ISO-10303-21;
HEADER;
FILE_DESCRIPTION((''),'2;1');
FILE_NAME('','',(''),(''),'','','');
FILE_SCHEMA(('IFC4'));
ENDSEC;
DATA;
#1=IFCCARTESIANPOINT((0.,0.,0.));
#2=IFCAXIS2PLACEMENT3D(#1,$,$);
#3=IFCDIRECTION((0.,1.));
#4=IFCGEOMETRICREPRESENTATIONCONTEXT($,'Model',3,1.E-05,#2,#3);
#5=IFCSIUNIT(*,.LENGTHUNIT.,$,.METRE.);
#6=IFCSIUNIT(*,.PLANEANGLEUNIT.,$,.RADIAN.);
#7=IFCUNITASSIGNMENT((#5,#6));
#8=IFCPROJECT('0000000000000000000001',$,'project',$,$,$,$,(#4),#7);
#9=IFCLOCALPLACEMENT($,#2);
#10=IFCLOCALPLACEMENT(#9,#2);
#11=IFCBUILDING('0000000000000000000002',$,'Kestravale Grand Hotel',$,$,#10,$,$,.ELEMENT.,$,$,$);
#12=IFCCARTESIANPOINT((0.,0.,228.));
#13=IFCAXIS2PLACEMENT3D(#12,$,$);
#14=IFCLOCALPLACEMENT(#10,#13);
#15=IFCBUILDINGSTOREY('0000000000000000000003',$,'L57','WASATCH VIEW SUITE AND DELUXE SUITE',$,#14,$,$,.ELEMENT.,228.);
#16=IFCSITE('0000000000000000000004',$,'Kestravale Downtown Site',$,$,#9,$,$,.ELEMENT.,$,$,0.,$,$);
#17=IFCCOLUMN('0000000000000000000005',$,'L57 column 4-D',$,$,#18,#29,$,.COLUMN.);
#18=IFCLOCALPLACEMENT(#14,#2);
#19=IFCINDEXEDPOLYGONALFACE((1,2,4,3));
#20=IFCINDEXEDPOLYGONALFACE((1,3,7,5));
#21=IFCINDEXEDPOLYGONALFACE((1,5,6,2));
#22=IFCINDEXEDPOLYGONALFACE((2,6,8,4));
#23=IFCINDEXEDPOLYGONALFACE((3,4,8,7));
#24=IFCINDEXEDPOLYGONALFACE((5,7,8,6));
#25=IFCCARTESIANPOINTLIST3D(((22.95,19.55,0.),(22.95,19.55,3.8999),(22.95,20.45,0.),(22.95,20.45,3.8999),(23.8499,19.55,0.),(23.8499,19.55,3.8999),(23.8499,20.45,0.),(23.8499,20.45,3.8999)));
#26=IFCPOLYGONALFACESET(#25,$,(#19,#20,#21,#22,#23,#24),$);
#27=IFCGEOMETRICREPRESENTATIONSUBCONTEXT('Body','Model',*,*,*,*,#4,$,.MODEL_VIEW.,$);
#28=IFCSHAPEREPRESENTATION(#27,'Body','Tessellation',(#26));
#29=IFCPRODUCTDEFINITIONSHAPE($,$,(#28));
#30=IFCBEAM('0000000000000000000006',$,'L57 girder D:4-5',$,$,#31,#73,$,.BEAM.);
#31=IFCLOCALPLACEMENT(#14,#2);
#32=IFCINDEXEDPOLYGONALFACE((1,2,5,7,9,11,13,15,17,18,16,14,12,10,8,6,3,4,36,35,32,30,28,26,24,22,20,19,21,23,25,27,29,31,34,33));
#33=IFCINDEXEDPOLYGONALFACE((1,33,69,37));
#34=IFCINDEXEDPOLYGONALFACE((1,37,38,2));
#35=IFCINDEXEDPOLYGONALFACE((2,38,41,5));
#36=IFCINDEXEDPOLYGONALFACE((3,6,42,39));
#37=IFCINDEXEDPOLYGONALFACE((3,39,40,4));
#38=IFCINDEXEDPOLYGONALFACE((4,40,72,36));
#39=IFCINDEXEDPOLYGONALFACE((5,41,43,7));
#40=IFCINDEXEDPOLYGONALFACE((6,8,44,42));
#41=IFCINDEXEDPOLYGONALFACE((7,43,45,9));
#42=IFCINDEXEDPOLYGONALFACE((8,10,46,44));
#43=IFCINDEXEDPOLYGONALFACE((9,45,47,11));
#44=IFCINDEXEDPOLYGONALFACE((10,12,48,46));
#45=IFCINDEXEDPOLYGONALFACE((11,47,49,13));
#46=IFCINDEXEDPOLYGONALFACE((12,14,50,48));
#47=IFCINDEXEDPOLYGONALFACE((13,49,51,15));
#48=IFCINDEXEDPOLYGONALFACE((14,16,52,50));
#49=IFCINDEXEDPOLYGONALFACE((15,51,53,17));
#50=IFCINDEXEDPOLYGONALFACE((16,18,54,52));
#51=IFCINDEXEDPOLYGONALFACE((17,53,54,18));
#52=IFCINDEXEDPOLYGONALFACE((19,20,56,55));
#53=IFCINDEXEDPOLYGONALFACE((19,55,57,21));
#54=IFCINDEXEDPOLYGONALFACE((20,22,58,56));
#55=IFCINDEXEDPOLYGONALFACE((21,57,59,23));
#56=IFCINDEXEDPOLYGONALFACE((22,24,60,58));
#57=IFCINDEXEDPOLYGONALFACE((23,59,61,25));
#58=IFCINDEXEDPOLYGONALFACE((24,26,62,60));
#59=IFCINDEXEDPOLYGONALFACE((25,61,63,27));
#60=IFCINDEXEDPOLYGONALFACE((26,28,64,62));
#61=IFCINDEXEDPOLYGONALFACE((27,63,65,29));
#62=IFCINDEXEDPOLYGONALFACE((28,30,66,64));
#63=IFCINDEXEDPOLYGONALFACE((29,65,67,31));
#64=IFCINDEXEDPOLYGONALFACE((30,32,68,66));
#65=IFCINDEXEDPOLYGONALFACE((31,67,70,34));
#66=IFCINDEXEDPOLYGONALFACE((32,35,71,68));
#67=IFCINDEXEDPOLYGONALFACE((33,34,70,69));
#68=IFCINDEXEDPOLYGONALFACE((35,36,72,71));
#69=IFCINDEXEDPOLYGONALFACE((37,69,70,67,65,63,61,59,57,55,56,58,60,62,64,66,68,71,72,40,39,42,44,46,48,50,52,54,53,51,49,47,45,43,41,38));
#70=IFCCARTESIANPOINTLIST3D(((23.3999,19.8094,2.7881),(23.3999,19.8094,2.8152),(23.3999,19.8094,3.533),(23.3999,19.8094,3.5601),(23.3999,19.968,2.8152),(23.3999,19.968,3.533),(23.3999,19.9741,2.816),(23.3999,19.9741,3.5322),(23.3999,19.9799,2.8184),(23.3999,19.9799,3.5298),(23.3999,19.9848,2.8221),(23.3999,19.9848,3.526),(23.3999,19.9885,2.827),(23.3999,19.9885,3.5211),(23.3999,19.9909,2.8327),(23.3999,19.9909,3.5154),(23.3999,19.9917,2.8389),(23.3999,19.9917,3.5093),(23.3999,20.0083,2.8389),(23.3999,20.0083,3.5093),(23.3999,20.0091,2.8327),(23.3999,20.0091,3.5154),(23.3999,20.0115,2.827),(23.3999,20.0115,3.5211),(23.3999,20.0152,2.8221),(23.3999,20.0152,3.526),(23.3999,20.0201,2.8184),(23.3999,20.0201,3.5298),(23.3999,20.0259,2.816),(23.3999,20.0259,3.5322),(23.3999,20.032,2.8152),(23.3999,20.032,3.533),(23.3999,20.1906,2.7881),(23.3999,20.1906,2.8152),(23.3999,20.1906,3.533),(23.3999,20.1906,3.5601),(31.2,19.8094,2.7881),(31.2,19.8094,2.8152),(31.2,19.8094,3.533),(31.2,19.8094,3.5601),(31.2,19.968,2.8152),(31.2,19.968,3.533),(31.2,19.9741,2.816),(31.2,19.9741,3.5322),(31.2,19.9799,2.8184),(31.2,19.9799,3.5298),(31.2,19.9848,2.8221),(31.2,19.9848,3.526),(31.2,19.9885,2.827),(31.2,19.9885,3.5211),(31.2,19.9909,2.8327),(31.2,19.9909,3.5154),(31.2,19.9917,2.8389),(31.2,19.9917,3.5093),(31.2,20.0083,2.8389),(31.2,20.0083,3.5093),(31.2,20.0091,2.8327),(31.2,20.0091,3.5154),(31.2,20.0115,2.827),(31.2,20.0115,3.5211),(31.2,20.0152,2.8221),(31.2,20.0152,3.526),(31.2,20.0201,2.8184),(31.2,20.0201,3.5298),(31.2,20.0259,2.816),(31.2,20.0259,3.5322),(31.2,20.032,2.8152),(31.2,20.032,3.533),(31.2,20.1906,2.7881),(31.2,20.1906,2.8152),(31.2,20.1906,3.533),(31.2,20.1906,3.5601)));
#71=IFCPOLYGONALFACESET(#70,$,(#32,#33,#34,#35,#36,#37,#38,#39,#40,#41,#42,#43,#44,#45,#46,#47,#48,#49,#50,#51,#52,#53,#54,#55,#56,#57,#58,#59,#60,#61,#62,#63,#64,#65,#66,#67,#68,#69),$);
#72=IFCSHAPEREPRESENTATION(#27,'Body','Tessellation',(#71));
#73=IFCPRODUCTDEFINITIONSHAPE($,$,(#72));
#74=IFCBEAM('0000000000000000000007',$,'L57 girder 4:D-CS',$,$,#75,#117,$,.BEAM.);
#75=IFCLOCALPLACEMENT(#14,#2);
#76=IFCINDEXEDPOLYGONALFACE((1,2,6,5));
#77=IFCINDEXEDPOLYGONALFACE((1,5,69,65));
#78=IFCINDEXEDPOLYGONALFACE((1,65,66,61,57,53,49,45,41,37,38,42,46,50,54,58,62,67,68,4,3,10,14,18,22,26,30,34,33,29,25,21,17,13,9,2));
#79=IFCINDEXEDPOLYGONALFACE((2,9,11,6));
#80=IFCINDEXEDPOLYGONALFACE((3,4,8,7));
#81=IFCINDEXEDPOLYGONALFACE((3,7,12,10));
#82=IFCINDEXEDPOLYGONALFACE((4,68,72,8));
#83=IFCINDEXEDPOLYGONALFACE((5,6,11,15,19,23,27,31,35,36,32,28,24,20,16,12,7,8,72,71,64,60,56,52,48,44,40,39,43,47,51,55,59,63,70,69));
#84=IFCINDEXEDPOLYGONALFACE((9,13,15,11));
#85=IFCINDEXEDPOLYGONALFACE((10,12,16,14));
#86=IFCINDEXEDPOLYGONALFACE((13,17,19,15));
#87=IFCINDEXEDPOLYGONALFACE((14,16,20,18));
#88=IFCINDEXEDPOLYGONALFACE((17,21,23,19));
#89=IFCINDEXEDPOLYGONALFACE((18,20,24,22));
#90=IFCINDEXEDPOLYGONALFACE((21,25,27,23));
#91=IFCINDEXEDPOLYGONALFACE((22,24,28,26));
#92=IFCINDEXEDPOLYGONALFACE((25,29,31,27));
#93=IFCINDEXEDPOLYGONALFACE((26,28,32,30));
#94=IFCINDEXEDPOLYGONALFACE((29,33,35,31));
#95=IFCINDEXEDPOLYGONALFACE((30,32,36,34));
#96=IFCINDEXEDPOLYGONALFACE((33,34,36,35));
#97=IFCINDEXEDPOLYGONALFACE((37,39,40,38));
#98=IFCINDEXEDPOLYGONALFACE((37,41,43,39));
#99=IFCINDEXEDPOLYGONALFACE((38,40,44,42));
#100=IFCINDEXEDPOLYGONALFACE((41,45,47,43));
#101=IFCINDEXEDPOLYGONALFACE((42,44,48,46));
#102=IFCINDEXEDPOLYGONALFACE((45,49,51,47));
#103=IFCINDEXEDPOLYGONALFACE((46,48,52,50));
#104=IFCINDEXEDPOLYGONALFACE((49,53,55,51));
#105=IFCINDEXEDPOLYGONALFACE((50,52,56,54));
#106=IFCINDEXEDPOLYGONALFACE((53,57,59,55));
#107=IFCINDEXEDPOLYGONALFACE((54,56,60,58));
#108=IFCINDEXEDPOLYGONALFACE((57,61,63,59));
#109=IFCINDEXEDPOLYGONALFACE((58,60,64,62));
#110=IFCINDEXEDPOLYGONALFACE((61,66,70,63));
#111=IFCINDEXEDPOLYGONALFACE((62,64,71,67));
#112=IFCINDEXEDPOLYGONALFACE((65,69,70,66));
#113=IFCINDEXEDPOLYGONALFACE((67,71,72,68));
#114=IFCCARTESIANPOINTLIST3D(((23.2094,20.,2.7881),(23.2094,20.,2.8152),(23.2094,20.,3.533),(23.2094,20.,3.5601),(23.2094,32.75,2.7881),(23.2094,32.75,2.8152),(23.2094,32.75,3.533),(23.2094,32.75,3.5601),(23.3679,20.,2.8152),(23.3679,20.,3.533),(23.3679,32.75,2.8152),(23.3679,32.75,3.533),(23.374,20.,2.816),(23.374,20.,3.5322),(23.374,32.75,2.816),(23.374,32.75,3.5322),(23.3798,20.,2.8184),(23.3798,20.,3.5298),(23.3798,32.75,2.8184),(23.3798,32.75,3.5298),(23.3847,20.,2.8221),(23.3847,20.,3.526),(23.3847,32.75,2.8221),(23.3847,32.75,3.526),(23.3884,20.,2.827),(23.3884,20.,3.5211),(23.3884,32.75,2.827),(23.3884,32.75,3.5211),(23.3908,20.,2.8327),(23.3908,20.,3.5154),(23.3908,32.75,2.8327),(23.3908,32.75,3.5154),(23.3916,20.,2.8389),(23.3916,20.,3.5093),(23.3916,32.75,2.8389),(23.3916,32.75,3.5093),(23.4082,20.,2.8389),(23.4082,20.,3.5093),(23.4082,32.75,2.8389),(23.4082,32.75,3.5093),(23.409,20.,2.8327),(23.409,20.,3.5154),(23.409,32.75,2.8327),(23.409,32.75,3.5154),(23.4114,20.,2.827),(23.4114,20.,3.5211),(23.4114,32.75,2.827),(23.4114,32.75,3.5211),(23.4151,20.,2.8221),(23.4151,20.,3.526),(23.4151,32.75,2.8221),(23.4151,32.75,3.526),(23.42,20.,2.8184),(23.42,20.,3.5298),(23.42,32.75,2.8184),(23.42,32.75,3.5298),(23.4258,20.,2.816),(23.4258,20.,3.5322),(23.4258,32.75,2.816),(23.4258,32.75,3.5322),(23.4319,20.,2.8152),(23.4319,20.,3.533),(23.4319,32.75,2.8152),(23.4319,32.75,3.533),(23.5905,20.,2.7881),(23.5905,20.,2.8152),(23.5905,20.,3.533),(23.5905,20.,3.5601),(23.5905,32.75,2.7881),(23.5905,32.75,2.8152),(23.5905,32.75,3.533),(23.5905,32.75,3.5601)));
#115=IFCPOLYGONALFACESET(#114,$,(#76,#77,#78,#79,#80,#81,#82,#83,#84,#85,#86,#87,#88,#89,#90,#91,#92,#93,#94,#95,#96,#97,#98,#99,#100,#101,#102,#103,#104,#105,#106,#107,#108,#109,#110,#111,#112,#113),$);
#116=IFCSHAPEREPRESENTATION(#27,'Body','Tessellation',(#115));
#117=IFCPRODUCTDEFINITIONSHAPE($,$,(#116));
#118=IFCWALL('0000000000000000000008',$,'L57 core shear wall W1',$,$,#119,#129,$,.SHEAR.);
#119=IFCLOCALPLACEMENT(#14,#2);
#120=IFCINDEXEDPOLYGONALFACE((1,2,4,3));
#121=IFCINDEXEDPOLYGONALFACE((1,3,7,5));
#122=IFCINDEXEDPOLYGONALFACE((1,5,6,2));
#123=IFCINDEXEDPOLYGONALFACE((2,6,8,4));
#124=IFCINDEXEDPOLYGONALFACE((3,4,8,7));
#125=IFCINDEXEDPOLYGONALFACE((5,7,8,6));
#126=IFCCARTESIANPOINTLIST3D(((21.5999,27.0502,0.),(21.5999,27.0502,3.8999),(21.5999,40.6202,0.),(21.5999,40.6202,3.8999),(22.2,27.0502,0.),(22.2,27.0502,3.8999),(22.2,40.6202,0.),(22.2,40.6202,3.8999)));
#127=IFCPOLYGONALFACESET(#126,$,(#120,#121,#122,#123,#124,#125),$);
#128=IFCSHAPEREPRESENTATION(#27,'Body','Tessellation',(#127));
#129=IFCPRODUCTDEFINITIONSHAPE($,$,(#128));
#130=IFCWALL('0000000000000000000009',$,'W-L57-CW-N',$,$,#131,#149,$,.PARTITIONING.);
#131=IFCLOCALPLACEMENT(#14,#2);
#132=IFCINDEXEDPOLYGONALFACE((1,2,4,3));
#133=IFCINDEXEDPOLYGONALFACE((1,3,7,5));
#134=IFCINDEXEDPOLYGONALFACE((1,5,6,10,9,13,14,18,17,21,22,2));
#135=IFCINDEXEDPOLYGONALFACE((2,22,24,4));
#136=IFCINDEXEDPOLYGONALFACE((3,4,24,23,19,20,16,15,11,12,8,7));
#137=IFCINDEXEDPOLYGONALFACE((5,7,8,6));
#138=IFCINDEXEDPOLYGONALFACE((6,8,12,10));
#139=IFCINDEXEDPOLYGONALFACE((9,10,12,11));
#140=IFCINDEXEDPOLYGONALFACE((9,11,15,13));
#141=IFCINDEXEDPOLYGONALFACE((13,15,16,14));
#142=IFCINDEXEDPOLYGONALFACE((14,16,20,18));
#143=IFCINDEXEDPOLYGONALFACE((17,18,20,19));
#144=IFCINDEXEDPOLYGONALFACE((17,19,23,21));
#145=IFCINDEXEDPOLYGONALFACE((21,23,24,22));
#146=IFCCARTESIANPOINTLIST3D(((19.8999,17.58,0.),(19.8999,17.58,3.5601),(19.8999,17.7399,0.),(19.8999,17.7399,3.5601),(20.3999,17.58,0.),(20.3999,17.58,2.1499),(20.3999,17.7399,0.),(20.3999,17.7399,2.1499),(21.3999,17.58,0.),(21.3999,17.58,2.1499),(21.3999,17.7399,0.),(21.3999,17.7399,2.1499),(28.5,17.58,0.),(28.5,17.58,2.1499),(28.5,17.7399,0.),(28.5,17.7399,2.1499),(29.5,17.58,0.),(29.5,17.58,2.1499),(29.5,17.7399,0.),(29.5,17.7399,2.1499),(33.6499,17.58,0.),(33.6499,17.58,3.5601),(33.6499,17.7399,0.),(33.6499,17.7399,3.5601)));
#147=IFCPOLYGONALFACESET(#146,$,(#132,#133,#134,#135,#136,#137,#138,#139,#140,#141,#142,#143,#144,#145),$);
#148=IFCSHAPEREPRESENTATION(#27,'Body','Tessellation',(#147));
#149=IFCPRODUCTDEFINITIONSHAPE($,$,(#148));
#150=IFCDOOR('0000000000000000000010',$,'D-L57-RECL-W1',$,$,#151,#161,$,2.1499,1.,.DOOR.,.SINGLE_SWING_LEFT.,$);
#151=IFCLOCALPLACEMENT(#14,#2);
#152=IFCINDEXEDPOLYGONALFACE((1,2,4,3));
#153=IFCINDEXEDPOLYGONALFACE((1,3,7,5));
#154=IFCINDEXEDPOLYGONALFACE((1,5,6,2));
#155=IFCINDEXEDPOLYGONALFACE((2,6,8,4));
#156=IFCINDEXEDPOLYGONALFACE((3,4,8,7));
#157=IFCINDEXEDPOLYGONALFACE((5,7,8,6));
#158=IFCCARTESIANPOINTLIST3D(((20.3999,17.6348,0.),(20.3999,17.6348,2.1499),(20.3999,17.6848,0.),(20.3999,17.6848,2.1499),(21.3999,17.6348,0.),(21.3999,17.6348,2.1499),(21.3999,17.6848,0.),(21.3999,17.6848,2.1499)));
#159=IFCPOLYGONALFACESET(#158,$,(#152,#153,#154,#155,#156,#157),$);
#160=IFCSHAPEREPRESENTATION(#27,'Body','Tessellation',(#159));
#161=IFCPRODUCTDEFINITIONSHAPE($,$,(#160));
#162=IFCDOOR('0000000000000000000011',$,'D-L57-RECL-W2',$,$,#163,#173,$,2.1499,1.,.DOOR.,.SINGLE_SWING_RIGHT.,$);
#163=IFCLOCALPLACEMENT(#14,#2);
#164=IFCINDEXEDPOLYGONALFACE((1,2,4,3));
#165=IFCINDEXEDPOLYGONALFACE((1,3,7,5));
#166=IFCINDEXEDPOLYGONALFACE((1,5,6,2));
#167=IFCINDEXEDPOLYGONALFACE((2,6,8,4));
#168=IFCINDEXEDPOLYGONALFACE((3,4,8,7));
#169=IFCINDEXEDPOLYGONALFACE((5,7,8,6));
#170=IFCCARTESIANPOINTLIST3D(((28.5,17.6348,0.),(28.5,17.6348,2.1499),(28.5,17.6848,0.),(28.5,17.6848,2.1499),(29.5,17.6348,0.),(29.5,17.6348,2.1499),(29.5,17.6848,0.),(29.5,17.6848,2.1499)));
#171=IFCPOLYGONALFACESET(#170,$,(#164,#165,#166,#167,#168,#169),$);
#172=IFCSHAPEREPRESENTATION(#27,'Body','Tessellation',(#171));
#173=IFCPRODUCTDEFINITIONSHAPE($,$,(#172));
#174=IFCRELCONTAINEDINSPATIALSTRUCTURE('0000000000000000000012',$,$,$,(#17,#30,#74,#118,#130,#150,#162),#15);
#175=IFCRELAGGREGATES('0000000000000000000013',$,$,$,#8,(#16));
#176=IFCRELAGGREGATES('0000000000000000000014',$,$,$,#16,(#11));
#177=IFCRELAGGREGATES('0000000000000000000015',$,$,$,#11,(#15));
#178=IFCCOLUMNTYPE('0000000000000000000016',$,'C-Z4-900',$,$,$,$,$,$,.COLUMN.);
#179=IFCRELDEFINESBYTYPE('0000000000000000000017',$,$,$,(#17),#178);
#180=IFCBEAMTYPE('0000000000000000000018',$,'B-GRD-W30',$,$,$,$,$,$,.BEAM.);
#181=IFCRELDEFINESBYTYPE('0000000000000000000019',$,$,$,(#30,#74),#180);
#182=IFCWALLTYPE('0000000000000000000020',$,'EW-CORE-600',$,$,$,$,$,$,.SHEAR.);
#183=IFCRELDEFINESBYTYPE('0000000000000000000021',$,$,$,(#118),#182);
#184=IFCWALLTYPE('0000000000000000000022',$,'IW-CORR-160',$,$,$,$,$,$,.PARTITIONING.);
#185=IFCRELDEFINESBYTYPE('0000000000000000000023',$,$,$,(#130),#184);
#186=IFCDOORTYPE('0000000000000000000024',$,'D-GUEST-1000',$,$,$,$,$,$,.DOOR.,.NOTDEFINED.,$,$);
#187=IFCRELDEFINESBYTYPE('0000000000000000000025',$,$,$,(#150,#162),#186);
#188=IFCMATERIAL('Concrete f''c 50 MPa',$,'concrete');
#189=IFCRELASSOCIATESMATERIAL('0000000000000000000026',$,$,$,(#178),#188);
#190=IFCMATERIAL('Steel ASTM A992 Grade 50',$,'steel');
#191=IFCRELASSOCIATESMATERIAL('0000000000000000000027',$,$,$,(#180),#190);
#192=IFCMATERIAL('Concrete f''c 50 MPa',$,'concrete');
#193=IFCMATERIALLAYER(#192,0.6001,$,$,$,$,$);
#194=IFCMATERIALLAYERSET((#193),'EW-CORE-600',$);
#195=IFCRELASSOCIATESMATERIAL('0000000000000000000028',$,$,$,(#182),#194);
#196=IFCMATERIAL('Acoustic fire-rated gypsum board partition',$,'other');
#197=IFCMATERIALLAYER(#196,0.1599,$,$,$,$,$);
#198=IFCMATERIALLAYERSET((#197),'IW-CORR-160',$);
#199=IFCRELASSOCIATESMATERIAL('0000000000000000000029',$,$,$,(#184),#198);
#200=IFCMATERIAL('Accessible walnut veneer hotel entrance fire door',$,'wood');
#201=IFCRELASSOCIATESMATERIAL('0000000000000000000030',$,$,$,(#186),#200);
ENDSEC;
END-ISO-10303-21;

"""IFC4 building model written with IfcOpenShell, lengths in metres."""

from ifc_helpers import new_model, si_unit, direction, frame, frame_2d, origin, origin_2d, place, context, subcontext, project, spatial, rectangle, i_section, extrude, material, layer, layer_set, material_profile, profile_set, type_object, element, fill, save


model = new_model("IFC4")

# Units and contexts
model_context = context("Model", 3, precision=1e-05, world=origin(), true_north=direction((0.0, 1.0)))
body_context = subcontext(model_context, "Body", "Model", "MODEL_VIEW")
ifc_project = project(units=[si_unit("LENGTHUNIT", "METRE"), si_unit("PLANEANGLEUNIT", "RADIAN")], contexts=[model_context])

# Site, building, storey
site_placement = place(None, origin())
site = spatial("IfcSite", under=ifc_project, at=site_placement, Name="Kestravale Downtown Site", CompositionType="ELEMENT", RefElevation=0.0)
building_placement = place(site_placement, origin())
building = spatial("IfcBuilding", under=site, at=building_placement, Name="Kestravale Grand Hotel", CompositionType="ELEMENT")
storey_placement = place(building_placement, frame((0.0, 0.0, 228.0)))
storey = spatial("IfcBuildingStorey", under=building, at=storey_placement, Name="L57", Description="WASATCH VIEW SUITE AND DELUXE SUITE", CompositionType="ELEMENT", Elevation=228.0)

# Column
ifc_material_1 = material(Name="Concrete f'c 50 MPa", Category="concrete")
ifc_material_profile_1 = material_profile(ifc_material_1, rectangle(XDim=0.8999, YDim=0.8999, at=origin_2d()))
ifc_profile_set_1 = profile_set([ifc_material_profile_1], Name="Concrete f'c 50 MPa")
column_type = type_object("IfcColumnType", Name="C-Z4-900", PredefinedType="COLUMN", material=ifc_profile_set_1)
column_placement = place(storey_placement, frame((23.3999, 20.0, 0.0), z_axis=(0.0, 0.0, 1.0), x_axis=(1.0, 0.0, 0.0)))
element("IfcColumn", 1, at=column_placement, inside=storey, type_object=column_type, Name="L57 column 4-D", PredefinedType="COLUMN", context=body_context, shape_type="SweptSolid", body=[
    extrude(rectangle(XDim=0.8999, YDim=0.8999, at=origin_2d()), origin(), (0.0, 0.0, 1.0), 3.8999),
])

# Beams
ifc_material_2 = material(Name="Steel ASTM A992 Grade 50", Category="steel")
ifc_material_profile_2 = material_profile(ifc_material_2, i_section(OverallWidth=0.3811, OverallDepth=0.772, WebThickness=0.0166, FlangeThickness=0.0271, FilletRadius=0.0237, at=origin_2d()))
ifc_profile_set_2 = profile_set([ifc_material_profile_2], Name="Steel ASTM A992 Grade 50")
beam_type = type_object("IfcBeamType", Name="B-GRD-W30", PredefinedType="BEAM", material=ifc_profile_set_2)
beam_1_placement = place(storey_placement, frame((23.3999, 20.0, 3.1741), z_axis=(1.0, 0.0, 0.0), x_axis=(0.0, 1.0, 0.0)))
element("IfcBeam", 2, at=beam_1_placement, inside=storey, type_object=beam_type, Name="L57 girder D:4-5", PredefinedType="BEAM", context=body_context, shape_type="SweptSolid", body=[
    extrude(i_section(OverallWidth=0.3811, OverallDepth=0.772, WebThickness=0.0166, FlangeThickness=0.0271, FilletRadius=0.0237, at=origin_2d()), origin(), (0.0, 0.0, 1.0), 7.8),
])
beam_2_placement = place(storey_placement, frame((23.3999, 20.0, 3.1741), z_axis=(0.0, 1.0, 0.0), x_axis=(-1.0, 0.0, 0.0)))
element("IfcBeam", 3, at=beam_2_placement, inside=storey, type_object=beam_type, Name="L57 girder 4:D-CS", PredefinedType="BEAM", context=body_context, shape_type="SweptSolid", body=[
    extrude(i_section(OverallWidth=0.3811, OverallDepth=0.772, WebThickness=0.0166, FlangeThickness=0.0271, FilletRadius=0.0237, at=origin_2d()), origin(), (0.0, 0.0, 1.0), 12.75),
])

# Wall
ifc_material_3 = material(Name="Concrete f'c 50 MPa", Category="concrete")
ifc_layer_1 = layer(ifc_material_3, 0.6001)
ifc_layer_set_1 = layer_set([ifc_layer_1], Name="EW-CORE-600")
wall_type_1 = type_object("IfcWallType", Name="EW-CORE-600", PredefinedType="SHEAR", material=ifc_layer_set_1)
wall_1_placement = place(storey_placement, frame((21.8999, 27.05, 0.0), z_axis=(0.0, 0.0, 1.0), x_axis=(0.0, 1.0, 0.0)))
element("IfcWall", 4, at=wall_1_placement, inside=storey, type_object=wall_type_1, Name="L57 core shear wall W1", PredefinedType="SHEAR", context=body_context, shape_type="SweptSolid", body=[
    extrude(rectangle(XDim=13.5701, YDim=0.6001, at=frame_2d((6.7852, 0.0))), origin(), (0.0, 0.0, 1.0), 3.8999),
])

# Wall, openings, doors
ifc_material_4 = material(Name="Acoustic fire-rated gypsum board partition", Category="other")
ifc_layer_2 = layer(ifc_material_4, 0.1599)
ifc_layer_set_2 = layer_set([ifc_layer_2], Name="IW-CORR-160")
wall_type_2 = type_object("IfcWallType", Name="IW-CORR-160", PredefinedType="PARTITIONING", material=ifc_layer_set_2)
wall_2_placement = place(storey_placement, frame((19.8999, 17.6599, 0.0), z_axis=(0.0, 0.0, 1.0), x_axis=(1.0, 0.0, 0.0)))
wall_2 = element("IfcWall", 5, at=wall_2_placement, inside=storey, type_object=wall_type_2, Name="W-L57-CW-N", PredefinedType="PARTITIONING", context=body_context, shape_type="SweptSolid", body=[
    extrude(rectangle(XDim=13.75, YDim=0.1599, at=frame_2d((6.875, 0.0))), origin(), (0.0, 0.0, 1.0), 3.5601),
])
opening_1_placement = place(wall_2_placement, frame((0.5, 0.0, 0.0)))
opening_1 = element("IfcOpeningElement", 6, at=opening_1_placement, cuts=wall_2, PredefinedType="OPENING", context=body_context, shape_type="SweptSolid", body=[
    extrude(rectangle(XDim=1.0, YDim=2.1499, at=frame_2d((0.5, 1.075))), frame((0.0, 0.0898, 0.0), z_axis=(0.0, -1.0, 0.0), x_axis=(1.0, 0.0, 0.0)), (0.0, 0.0, 1.0), 0.1799),
])
opening_2_placement = place(wall_2_placement, frame((8.6001, 0.0, 0.0)))
opening_2 = element("IfcOpeningElement", 7, at=opening_2_placement, cuts=wall_2, PredefinedType="OPENING", context=body_context, shape_type="SweptSolid", body=[
    extrude(rectangle(XDim=1.0, YDim=2.1499, at=frame_2d((0.5, 1.075))), frame((0.0, 0.0898, 0.0), z_axis=(0.0, -1.0, 0.0), x_axis=(1.0, 0.0, 0.0)), (0.0, 0.0, 1.0), 0.1799),
])
ifc_material_5 = material(Name="Accessible walnut veneer hotel entrance fire door", Category="wood")
door_type_1 = type_object("IfcDoorType", Name="D-GUEST-1000", OperationType="NOTDEFINED", PredefinedType="DOOR", material=ifc_material_5)
door_1_placement = place(opening_1_placement, origin())
door_1 = element("IfcDoor", 8, at=door_1_placement, inside=storey, type_object=door_type_1, Name="D-L57-RECL-W1", OperationType="SINGLE_SWING_LEFT", OverallHeight=2.1499, OverallWidth=1.0, PredefinedType="DOOR", context=body_context, shape_type="SweptSolid", body=[
    extrude(rectangle(XDim=1.0, YDim=2.1499, at=frame_2d((0.5, 1.075))), frame((0.0, 0.0249, 0.0), z_axis=(0.0, -1.0, 0.0), x_axis=(1.0, 0.0, 0.0)), (0.0, 0.0, 1.0), 0.05),
])
fill(opening_1, door_1)
door_2_placement = place(opening_2_placement, origin())
door_2 = element("IfcDoor", 9, at=door_2_placement, inside=storey, type_object=door_type_1, Name="D-L57-RECL-W2", OperationType="SINGLE_SWING_RIGHT", OverallHeight=2.1499, OverallWidth=1.0, PredefinedType="DOOR", context=body_context, shape_type="SweptSolid", body=[
    extrude(rectangle(XDim=1.0, YDim=2.1499, at=frame_2d((0.5, 1.075))), frame((0.0, 0.0249, 0.0), z_axis=(0.0, -1.0, 0.0), x_axis=(1.0, 0.0, 0.0)), (0.0, 0.0, 1.0), 0.05),
])
fill(opening_2, door_2)

save(model, "model.ifc")
